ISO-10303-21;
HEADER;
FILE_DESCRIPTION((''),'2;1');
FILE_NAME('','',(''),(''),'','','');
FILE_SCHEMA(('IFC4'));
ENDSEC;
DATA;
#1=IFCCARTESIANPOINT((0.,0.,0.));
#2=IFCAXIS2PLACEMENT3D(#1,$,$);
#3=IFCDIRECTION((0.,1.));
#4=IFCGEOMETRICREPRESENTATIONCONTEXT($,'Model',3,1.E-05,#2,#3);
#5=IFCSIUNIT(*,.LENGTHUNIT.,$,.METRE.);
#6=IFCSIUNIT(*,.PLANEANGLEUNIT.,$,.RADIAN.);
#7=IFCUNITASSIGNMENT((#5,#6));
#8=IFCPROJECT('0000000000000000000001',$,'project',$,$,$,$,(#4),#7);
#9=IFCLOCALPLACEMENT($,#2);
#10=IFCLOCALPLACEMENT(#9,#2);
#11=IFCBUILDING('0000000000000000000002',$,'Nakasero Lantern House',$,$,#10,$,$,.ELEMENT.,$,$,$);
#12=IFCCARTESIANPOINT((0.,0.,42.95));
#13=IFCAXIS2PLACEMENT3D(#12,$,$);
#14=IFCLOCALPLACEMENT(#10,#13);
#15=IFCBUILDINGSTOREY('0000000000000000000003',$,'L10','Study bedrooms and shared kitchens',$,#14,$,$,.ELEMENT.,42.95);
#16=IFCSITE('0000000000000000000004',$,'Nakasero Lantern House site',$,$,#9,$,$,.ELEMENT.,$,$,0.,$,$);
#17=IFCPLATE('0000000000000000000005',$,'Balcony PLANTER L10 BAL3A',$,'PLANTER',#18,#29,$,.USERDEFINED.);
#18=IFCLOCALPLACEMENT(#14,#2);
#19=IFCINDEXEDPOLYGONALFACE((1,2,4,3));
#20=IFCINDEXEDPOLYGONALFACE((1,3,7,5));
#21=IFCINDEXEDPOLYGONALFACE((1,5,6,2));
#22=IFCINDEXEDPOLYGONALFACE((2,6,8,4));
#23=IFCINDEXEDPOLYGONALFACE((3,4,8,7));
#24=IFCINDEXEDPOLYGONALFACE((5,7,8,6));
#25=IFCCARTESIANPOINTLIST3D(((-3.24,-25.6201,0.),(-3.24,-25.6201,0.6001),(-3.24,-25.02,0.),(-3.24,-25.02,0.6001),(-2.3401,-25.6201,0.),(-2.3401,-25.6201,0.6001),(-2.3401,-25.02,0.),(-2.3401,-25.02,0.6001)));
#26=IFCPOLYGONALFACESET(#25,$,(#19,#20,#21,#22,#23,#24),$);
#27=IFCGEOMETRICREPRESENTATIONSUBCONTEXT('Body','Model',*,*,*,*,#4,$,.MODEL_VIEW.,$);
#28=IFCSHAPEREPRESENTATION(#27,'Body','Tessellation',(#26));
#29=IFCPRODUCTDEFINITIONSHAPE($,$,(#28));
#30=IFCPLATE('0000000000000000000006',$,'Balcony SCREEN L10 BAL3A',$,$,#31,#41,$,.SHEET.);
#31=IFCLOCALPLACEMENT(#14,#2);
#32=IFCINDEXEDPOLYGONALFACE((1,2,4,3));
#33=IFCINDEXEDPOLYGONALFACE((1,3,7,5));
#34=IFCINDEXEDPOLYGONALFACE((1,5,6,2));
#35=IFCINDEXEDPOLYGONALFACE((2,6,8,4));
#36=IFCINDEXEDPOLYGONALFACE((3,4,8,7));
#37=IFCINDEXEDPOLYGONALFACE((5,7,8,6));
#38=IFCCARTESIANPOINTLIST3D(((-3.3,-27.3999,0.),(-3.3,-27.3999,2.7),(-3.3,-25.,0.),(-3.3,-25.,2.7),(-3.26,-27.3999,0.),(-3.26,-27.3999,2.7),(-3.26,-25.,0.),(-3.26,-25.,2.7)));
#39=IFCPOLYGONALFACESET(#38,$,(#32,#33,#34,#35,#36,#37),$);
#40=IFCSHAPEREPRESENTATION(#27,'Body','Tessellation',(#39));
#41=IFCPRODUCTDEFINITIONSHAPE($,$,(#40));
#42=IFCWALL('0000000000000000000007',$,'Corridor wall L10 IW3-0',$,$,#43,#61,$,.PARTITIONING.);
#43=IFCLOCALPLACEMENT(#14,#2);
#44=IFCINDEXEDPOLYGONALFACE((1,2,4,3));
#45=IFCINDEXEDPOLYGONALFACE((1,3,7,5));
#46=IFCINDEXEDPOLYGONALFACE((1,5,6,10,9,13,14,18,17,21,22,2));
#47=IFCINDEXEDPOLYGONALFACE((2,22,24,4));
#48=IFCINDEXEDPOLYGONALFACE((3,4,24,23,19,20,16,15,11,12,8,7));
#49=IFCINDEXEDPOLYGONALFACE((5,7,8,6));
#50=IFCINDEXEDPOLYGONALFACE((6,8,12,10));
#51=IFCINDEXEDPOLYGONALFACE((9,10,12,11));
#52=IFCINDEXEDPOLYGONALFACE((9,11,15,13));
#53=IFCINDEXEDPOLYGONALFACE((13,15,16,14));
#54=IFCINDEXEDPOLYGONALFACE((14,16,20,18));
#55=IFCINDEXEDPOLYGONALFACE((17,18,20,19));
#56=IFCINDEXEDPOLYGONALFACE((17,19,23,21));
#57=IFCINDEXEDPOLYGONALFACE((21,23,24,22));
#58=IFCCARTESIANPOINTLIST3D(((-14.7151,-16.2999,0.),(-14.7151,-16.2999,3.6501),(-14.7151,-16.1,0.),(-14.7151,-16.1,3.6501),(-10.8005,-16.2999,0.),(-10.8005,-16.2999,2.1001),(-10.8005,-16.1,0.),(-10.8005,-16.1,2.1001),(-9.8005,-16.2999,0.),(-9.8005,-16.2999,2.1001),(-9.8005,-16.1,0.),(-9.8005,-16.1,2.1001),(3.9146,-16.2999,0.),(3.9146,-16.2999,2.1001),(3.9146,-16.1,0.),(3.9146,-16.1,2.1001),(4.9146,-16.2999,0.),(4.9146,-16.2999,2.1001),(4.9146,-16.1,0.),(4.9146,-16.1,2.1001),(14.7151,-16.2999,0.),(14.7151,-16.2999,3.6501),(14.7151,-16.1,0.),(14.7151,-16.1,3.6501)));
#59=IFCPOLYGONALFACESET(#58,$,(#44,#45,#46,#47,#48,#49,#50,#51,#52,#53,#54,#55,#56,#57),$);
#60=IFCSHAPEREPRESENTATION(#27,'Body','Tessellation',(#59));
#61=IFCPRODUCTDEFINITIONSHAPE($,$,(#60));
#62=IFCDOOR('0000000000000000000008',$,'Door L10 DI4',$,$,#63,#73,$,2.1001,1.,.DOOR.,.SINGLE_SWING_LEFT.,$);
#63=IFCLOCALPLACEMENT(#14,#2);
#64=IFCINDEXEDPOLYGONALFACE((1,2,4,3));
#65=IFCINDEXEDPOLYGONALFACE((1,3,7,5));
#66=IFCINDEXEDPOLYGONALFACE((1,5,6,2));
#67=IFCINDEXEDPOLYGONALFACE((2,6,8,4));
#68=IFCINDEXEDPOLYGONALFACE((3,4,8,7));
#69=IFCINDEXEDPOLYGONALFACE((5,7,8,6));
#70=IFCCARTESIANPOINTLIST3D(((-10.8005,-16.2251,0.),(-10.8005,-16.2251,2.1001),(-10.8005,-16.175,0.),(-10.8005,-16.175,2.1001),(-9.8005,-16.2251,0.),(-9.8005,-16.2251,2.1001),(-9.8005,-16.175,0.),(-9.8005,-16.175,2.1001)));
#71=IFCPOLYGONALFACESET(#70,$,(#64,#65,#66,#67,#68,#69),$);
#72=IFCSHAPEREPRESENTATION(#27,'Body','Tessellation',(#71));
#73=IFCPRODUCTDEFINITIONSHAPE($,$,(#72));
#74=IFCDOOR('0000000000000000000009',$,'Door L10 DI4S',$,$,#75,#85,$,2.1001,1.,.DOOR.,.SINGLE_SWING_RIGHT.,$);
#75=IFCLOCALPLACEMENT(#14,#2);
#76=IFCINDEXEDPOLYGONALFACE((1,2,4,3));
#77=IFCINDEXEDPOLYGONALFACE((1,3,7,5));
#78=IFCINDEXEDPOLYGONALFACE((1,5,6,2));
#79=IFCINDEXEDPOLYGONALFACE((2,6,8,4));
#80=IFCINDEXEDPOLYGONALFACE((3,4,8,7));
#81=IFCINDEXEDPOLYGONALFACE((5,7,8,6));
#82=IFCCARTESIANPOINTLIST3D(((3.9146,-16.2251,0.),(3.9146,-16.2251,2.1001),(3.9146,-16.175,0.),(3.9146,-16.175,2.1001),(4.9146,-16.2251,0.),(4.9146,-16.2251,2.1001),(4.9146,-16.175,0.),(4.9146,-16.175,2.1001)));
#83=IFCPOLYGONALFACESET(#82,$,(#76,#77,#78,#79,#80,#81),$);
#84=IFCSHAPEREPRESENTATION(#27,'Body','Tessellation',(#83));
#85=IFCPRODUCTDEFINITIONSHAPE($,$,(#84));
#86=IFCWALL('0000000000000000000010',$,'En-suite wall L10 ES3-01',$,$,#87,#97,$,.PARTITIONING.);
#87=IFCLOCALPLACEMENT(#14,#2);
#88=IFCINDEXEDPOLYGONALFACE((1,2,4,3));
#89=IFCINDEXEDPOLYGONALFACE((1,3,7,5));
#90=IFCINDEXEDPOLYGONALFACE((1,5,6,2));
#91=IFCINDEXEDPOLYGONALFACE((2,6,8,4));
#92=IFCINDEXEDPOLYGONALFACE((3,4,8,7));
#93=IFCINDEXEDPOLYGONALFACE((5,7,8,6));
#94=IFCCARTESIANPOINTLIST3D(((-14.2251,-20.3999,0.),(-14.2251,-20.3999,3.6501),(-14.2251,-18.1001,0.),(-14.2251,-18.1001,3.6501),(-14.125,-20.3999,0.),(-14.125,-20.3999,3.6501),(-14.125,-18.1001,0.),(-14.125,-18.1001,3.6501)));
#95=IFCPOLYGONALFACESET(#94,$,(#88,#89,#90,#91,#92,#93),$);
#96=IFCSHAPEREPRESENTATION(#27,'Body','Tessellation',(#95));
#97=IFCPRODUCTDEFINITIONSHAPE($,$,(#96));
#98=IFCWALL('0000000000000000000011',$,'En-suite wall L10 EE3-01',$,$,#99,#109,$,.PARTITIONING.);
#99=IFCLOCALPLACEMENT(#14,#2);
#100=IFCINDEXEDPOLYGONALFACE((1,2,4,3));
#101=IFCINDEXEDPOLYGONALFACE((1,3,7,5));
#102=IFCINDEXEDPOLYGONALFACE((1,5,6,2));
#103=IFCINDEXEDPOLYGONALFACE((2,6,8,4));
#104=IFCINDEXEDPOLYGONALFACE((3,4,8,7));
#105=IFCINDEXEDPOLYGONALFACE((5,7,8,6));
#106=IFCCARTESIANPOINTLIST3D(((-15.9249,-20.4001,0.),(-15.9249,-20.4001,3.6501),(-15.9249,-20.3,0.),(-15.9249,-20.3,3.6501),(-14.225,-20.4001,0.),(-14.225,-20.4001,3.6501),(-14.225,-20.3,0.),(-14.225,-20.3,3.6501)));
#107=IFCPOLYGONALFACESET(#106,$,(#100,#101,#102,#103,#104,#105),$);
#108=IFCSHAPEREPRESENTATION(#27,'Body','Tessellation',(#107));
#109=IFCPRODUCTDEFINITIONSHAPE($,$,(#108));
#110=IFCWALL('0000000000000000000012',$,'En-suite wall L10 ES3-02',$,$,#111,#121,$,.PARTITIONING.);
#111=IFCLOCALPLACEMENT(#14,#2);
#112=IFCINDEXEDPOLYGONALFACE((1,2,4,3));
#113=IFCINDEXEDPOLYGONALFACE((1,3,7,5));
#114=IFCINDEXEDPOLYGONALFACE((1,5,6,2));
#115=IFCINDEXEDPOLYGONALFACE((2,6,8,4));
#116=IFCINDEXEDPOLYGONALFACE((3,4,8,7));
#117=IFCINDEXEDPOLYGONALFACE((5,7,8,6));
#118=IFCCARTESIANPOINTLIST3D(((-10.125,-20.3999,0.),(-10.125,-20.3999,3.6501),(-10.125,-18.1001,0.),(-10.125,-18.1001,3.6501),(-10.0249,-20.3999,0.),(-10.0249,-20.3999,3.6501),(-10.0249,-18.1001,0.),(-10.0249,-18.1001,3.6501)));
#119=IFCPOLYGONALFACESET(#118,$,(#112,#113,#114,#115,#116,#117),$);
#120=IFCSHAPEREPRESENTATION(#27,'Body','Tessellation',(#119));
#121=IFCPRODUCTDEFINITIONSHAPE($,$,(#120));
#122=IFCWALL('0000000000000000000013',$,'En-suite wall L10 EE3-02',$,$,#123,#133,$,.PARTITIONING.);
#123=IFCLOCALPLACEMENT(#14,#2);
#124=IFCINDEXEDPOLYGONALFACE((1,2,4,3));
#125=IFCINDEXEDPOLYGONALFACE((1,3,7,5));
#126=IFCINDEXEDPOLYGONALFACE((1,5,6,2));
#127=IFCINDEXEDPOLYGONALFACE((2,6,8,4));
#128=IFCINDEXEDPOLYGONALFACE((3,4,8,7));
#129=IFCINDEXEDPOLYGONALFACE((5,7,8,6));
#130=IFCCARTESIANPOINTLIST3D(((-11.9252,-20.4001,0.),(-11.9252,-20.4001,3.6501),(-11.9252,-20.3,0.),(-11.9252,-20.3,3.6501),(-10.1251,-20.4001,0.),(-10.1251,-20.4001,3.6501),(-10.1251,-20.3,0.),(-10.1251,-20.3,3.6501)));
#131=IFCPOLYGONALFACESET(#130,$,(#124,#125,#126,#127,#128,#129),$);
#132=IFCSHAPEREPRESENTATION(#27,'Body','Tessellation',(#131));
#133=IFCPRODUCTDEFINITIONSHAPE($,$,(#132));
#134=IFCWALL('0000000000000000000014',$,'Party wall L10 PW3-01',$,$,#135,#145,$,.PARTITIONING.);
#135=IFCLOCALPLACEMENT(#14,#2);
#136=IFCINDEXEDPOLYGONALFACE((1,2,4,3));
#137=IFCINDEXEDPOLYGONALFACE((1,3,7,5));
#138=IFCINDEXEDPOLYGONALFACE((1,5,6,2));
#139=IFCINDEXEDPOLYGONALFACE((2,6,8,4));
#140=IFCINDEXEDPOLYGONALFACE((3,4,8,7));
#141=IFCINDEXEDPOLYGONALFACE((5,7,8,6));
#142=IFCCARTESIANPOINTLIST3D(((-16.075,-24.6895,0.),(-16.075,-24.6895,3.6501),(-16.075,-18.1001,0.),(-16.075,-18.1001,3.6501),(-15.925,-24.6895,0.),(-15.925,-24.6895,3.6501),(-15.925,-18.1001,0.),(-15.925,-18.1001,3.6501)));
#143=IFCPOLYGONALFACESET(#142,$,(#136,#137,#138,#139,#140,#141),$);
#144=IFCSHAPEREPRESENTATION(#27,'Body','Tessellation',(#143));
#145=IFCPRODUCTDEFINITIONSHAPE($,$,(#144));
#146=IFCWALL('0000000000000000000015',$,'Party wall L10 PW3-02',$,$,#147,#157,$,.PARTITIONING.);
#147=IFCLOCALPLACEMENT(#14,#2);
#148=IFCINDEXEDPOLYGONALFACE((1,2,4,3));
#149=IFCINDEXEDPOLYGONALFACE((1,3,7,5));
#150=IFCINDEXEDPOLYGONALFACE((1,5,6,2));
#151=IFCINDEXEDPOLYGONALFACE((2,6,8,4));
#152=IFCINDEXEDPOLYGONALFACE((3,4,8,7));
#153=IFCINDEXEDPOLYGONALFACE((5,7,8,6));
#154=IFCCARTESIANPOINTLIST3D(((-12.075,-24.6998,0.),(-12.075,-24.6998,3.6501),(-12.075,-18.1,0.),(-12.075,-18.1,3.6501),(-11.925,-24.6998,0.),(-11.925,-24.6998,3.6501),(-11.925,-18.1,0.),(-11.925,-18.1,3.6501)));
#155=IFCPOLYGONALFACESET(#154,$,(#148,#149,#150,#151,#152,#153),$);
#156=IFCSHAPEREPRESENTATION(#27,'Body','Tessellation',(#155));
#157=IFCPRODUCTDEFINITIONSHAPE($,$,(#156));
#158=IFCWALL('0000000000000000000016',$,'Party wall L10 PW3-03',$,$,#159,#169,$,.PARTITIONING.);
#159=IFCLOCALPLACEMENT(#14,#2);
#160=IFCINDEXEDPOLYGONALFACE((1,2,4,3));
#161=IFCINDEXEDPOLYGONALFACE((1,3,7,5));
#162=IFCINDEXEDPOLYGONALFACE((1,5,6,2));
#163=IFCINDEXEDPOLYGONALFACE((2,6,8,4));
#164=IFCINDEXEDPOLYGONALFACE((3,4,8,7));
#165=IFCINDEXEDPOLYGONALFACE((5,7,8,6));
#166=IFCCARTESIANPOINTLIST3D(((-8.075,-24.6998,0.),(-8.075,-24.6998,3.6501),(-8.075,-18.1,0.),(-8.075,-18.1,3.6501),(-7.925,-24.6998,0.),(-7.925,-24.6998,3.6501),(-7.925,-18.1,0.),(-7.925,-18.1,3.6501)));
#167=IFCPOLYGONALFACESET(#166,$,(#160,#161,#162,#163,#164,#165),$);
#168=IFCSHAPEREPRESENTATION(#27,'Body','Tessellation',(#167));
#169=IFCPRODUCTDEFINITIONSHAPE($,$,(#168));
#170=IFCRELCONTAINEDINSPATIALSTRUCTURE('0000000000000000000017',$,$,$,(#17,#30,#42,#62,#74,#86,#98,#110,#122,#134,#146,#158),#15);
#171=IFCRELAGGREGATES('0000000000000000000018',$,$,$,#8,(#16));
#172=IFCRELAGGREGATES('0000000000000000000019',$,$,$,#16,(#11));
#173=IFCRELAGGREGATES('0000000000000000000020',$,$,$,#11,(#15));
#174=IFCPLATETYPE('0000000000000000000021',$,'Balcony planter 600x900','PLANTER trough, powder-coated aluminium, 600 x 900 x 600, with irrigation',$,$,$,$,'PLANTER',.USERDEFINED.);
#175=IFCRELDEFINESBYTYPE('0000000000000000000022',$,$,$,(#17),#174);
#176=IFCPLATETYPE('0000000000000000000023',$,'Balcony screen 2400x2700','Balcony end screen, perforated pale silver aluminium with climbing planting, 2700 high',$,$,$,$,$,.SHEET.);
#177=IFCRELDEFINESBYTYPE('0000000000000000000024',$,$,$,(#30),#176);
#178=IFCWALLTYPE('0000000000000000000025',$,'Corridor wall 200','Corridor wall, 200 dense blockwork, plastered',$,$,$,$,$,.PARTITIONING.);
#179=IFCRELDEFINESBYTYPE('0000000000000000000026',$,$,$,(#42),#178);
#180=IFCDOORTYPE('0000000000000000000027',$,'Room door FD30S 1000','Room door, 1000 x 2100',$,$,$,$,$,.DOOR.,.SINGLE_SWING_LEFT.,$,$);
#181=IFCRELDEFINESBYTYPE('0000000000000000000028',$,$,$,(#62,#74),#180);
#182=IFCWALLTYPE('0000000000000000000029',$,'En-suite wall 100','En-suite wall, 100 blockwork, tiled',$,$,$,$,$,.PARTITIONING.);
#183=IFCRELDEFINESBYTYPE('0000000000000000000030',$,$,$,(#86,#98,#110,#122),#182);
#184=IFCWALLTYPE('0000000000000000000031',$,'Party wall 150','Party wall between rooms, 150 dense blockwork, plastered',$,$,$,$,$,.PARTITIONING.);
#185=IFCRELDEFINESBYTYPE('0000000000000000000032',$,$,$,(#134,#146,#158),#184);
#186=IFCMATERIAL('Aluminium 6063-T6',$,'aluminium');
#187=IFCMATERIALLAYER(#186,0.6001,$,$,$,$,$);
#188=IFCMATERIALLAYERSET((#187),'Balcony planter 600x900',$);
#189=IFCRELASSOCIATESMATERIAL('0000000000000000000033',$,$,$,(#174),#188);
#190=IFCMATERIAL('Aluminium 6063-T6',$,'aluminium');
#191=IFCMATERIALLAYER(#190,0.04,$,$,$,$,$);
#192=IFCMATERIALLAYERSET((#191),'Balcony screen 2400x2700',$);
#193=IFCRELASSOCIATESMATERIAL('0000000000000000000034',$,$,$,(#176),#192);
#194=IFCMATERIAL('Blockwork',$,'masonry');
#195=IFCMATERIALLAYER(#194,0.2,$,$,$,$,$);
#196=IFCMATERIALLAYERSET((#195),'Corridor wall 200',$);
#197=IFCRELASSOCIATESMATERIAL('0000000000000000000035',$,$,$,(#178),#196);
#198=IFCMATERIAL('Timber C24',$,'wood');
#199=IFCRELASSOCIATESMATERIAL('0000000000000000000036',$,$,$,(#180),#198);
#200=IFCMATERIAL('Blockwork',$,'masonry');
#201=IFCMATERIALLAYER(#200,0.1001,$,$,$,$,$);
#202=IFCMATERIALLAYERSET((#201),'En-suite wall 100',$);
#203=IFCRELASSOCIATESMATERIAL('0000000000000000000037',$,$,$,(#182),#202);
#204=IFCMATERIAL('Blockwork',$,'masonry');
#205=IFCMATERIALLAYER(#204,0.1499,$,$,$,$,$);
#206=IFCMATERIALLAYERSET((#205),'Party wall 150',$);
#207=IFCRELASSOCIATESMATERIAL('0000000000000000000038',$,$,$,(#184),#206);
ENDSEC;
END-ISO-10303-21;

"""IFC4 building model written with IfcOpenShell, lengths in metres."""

from ifc_helpers import new_model, si_unit, direction, frame, frame_2d, origin, origin_2d, place, context, subcontext, project, spatial, rectangle, extrude, material, layer, layer_set, type_object, element, fill, save


model = new_model("IFC4")

# Units and contexts
model_context = context("Model", 3, precision=1e-05, world=origin(), true_north=direction((0.0, 1.0)))
body_context = subcontext(model_context, "Body", "Model", "MODEL_VIEW")
ifc_project = project(units=[si_unit("LENGTHUNIT", "METRE"), si_unit("PLANEANGLEUNIT", "RADIAN")], contexts=[model_context])

# Site, building, storey
site_placement = place(None, origin())
site = spatial("IfcSite", under=ifc_project, at=site_placement, Name="Nakasero Lantern House site", CompositionType="ELEMENT", RefElevation=0.0)
building_placement = place(site_placement, origin())
building = spatial("IfcBuilding", under=site, at=building_placement, Name="Nakasero Lantern House", CompositionType="ELEMENT")
storey_placement = place(building_placement, frame((0.0, 0.0, 42.95)))
storey = spatial("IfcBuildingStorey", under=building, at=storey_placement, Name="L10", Description="Study bedrooms and shared kitchens", CompositionType="ELEMENT", Elevation=42.95)

# Plates
ifc_material_1 = material(Name="Aluminium 6063-T6", Category="aluminium")
ifc_layer_1 = layer(ifc_material_1, 0.6001)
ifc_layer_set_1 = layer_set([ifc_layer_1], Name="Balcony planter 600x900")
plate_type_1 = type_object("IfcPlateType", Name="Balcony planter 600x900", Description="PLANTER trough, powder-coated aluminium, 600 x 900 x 600, with irrigation", ElementType="PLANTER", PredefinedType="USERDEFINED", material=ifc_layer_set_1)
plate_1_placement = place(storey_placement, frame((-2.79, -25.3201, 0.0), z_axis=(0.0, 0.0, 1.0), x_axis=(0.0, -1.0, 0.0)))
element("IfcPlate", 1, at=plate_1_placement, inside=storey, type_object=plate_type_1, Name="Balcony PLANTER L10 BAL3A", ObjectType="PLANTER", PredefinedType="USERDEFINED", context=body_context, shape_type="SweptSolid", body=[
    extrude(rectangle(XDim=0.6001, YDim=0.8999, at=origin_2d()), origin(), (0.0, 0.0, 1.0), 0.6001),
])
ifc_material_2 = material(Name="Aluminium 6063-T6", Category="aluminium")
ifc_layer_2 = layer(ifc_material_2, 0.04)
ifc_layer_set_2 = layer_set([ifc_layer_2], Name="Balcony screen 2400x2700")
plate_type_2 = type_object("IfcPlateType", Name="Balcony screen 2400x2700", Description="Balcony end screen, perforated pale silver aluminium with climbing planting, 2700 high", PredefinedType="SHEET", material=ifc_layer_set_2)
plate_2_placement = place(storey_placement, frame((-3.28, -26.2, 0.0), z_axis=(0.0, 0.0, 1.0), x_axis=(0.0, -1.0, 0.0)))
element("IfcPlate", 2, at=plate_2_placement, inside=storey, type_object=plate_type_2, Name="Balcony SCREEN L10 BAL3A", PredefinedType="SHEET", context=body_context, shape_type="SweptSolid", body=[
    extrude(rectangle(XDim=2.3999, YDim=0.04, at=origin_2d()), origin(), (0.0, 0.0, 1.0), 2.7),
])

# Wall, openings, doors
ifc_material_3 = material(Name="Blockwork", Category="masonry")
ifc_layer_3 = layer(ifc_material_3, 0.2)
ifc_layer_set_3 = layer_set([ifc_layer_3], Name="Corridor wall 200")
wall_type_1 = type_object("IfcWallType", Name="Corridor wall 200", Description="Corridor wall, 200 dense blockwork, plastered", PredefinedType="PARTITIONING", material=ifc_layer_set_3)
wall_1_placement = place(storey_placement, frame((-14.7151, -16.2, 0.0), z_axis=(0.0, 0.0, 1.0), x_axis=(1.0, 0.0, 0.0)))
wall_1 = element("IfcWall", 3, at=wall_1_placement, inside=storey, type_object=wall_type_1, Name="Corridor wall L10 IW3-0", PredefinedType="PARTITIONING", context=body_context, shape_type="SweptSolid", body=[
    extrude(rectangle(XDim=29.4302, YDim=0.2, at=frame_2d((14.7151, 0.0))), origin(), (0.0, 0.0, 1.0), 3.6501),
])
opening_1_placement = place(wall_1_placement, frame((3.9146, 0.0, 0.0)))
opening_1 = element("IfcOpeningElement", 4, at=opening_1_placement, cuts=wall_1, PredefinedType="OPENING", context=body_context, shape_type="SweptSolid", body=[
    extrude(rectangle(XDim=1.0, YDim=2.1001, at=frame_2d((0.5, 1.05))), frame((0.0, 0.1199, 0.0), z_axis=(0.0, -1.0, 0.0), x_axis=(1.0, 0.0, 0.0)), (0.0, 0.0, 1.0), 0.24),
])
opening_2_placement = place(wall_1_placement, frame((18.6296, 0.0, 0.0)))
opening_2 = element("IfcOpeningElement", 5, at=opening_2_placement, cuts=wall_1, PredefinedType="OPENING", context=body_context, shape_type="SweptSolid", body=[
    extrude(rectangle(XDim=1.0, YDim=2.1001, at=frame_2d((0.5, 1.05))), frame((0.0, 0.1199, 0.0), z_axis=(0.0, -1.0, 0.0), x_axis=(1.0, 0.0, 0.0)), (0.0, 0.0, 1.0), 0.24),
])
ifc_material_4 = material(Name="Timber C24", Category="wood")
door_type = type_object("IfcDoorType", Name="Room door FD30S 1000", Description="Room door, 1000 x 2100", OperationType="SINGLE_SWING_LEFT", PredefinedType="DOOR", material=ifc_material_4)
door_1_placement = place(opening_1_placement, origin())
door_1 = element("IfcDoor", 6, at=door_1_placement, inside=storey, type_object=door_type, Name="Door L10 DI4", OperationType="SINGLE_SWING_LEFT", OverallHeight=2.1001, OverallWidth=1.0, PredefinedType="DOOR", context=body_context, shape_type="SweptSolid", body=[
    extrude(rectangle(XDim=1.0, YDim=2.1001, at=frame_2d((0.5, 1.05))), frame((0.0, 0.0249, 0.0), z_axis=(0.0, -1.0, 0.0), x_axis=(1.0, 0.0, 0.0)), (0.0, 0.0, 1.0), 0.05),
])
fill(opening_1, door_1)
door_2_placement = place(opening_2_placement, origin())
door_2 = element("IfcDoor", 7, at=door_2_placement, inside=storey, type_object=door_type, Name="Door L10 DI4S", OperationType="SINGLE_SWING_RIGHT", OverallHeight=2.1001, OverallWidth=1.0, PredefinedType="DOOR", context=body_context, shape_type="SweptSolid", body=[
    extrude(rectangle(XDim=1.0, YDim=2.1001, at=frame_2d((0.5, 1.05))), frame((0.0, 0.0249, 0.0), z_axis=(0.0, -1.0, 0.0), x_axis=(1.0, 0.0, 0.0)), (0.0, 0.0, 1.0), 0.05),
])
fill(opening_2, door_2)

# Walls
ifc_material_5 = material(Name="Blockwork", Category="masonry")
ifc_layer_4 = layer(ifc_material_5, 0.1001)
ifc_layer_set_4 = layer_set([ifc_layer_4], Name="En-suite wall 100")
wall_type_2 = type_object("IfcWallType", Name="En-suite wall 100", Description="En-suite wall, 100 blockwork, tiled", PredefinedType="PARTITIONING", material=ifc_layer_set_4)
wall_2_placement = place(storey_placement, frame((-14.175, -18.1001, 0.0), z_axis=(0.0, 0.0, 1.0), x_axis=(0.0, -1.0, 0.0)))
element("IfcWall", 8, at=wall_2_placement, inside=storey, type_object=wall_type_2, Name="En-suite wall L10 ES3-01", PredefinedType="PARTITIONING", context=body_context, shape_type="SweptSolid", body=[
    extrude(rectangle(XDim=2.2998, YDim=0.1001, at=frame_2d((1.1499, 0.0))), origin(), (0.0, 0.0, 1.0), 3.6501),
])
wall_3_placement = place(storey_placement, frame((-15.925, -20.3501, 0.0), z_axis=(0.0, 0.0, 1.0), x_axis=(1.0, 0.0, 0.0)))
element("IfcWall", 9, at=wall_3_placement, inside=storey, type_object=wall_type_2, Name="En-suite wall L10 EE3-01", PredefinedType="PARTITIONING", context=body_context, shape_type="SweptSolid", body=[
    extrude(rectangle(XDim=1.7, YDim=0.1001, at=frame_2d((0.8501, 0.0))), origin(), (0.0, 0.0, 1.0), 3.6501),
])
wall_4_placement = place(storey_placement, frame((-10.075, -18.1001, 0.0), z_axis=(0.0, 0.0, 1.0), x_axis=(0.0, -1.0, 0.0)))
element("IfcWall", 10, at=wall_4_placement, inside=storey, type_object=wall_type_2, Name="En-suite wall L10 ES3-02", PredefinedType="PARTITIONING", context=body_context, shape_type="SweptSolid", body=[
    extrude(rectangle(XDim=2.2998, YDim=0.1001, at=frame_2d((1.1499, 0.0))), origin(), (0.0, 0.0, 1.0), 3.6501),
])
wall_5_placement = place(storey_placement, frame((-11.925, -20.3501, 0.0), z_axis=(0.0, 0.0, 1.0), x_axis=(1.0, 0.0, 0.0)))
element("IfcWall", 11, at=wall_5_placement, inside=storey, type_object=wall_type_2, Name="En-suite wall L10 EE3-02", PredefinedType="PARTITIONING", context=body_context, shape_type="SweptSolid", body=[
    extrude(rectangle(XDim=1.8, YDim=0.1001, at=frame_2d((0.8999, 0.0))), origin(), (0.0, 0.0, 1.0), 3.6501),
])
ifc_material_6 = material(Name="Blockwork", Category="masonry")
ifc_layer_5 = layer(ifc_material_6, 0.1499)
ifc_layer_set_5 = layer_set([ifc_layer_5], Name="Party wall 150")
wall_type_3 = type_object("IfcWallType", Name="Party wall 150", Description="Party wall between rooms, 150 dense blockwork, plastered", PredefinedType="PARTITIONING", material=ifc_layer_set_5)
wall_6_placement = place(storey_placement, frame((-16.0, -18.1001, 0.0), z_axis=(0.0, 0.0, 1.0), x_axis=(0.0, -1.0, 0.0)))
element("IfcWall", 12, at=wall_6_placement, inside=storey, type_object=wall_type_3, Name="Party wall L10 PW3-01", PredefinedType="PARTITIONING", context=body_context, shape_type="SweptSolid", body=[
    extrude(rectangle(XDim=6.5894, YDim=0.1499, at=frame_2d((3.2947, 0.0))), origin(), (0.0, 0.0, 1.0), 3.6501),
])
for number, where, z_axis, x_axis, name in (
    (13, (-12.0, -18.1001, 0.0), (0.0, 0.0, 1.0), (0.0, -1.0, 0.0), "Party wall L10 PW3-02"),
    (14, (-8.0, -18.1001, 0.0), (0.0, 0.0, 1.0), (0.0, -1.0, 0.0), "Party wall L10 PW3-03"),
):
    element("IfcWall", number, at=place(storey_placement, frame(where, z_axis=z_axis, x_axis=x_axis)), inside=storey, type_object=wall_type_3, Name=name, PredefinedType="PARTITIONING", context=body_context, shape_type="SweptSolid", body=[
        extrude(rectangle(XDim=6.5999, YDim=0.1499, at=frame_2d((3.2998, 0.0))), origin(), (0.0, 0.0, 1.0), 3.6501),
    ])

save(model, "model.ifc")
